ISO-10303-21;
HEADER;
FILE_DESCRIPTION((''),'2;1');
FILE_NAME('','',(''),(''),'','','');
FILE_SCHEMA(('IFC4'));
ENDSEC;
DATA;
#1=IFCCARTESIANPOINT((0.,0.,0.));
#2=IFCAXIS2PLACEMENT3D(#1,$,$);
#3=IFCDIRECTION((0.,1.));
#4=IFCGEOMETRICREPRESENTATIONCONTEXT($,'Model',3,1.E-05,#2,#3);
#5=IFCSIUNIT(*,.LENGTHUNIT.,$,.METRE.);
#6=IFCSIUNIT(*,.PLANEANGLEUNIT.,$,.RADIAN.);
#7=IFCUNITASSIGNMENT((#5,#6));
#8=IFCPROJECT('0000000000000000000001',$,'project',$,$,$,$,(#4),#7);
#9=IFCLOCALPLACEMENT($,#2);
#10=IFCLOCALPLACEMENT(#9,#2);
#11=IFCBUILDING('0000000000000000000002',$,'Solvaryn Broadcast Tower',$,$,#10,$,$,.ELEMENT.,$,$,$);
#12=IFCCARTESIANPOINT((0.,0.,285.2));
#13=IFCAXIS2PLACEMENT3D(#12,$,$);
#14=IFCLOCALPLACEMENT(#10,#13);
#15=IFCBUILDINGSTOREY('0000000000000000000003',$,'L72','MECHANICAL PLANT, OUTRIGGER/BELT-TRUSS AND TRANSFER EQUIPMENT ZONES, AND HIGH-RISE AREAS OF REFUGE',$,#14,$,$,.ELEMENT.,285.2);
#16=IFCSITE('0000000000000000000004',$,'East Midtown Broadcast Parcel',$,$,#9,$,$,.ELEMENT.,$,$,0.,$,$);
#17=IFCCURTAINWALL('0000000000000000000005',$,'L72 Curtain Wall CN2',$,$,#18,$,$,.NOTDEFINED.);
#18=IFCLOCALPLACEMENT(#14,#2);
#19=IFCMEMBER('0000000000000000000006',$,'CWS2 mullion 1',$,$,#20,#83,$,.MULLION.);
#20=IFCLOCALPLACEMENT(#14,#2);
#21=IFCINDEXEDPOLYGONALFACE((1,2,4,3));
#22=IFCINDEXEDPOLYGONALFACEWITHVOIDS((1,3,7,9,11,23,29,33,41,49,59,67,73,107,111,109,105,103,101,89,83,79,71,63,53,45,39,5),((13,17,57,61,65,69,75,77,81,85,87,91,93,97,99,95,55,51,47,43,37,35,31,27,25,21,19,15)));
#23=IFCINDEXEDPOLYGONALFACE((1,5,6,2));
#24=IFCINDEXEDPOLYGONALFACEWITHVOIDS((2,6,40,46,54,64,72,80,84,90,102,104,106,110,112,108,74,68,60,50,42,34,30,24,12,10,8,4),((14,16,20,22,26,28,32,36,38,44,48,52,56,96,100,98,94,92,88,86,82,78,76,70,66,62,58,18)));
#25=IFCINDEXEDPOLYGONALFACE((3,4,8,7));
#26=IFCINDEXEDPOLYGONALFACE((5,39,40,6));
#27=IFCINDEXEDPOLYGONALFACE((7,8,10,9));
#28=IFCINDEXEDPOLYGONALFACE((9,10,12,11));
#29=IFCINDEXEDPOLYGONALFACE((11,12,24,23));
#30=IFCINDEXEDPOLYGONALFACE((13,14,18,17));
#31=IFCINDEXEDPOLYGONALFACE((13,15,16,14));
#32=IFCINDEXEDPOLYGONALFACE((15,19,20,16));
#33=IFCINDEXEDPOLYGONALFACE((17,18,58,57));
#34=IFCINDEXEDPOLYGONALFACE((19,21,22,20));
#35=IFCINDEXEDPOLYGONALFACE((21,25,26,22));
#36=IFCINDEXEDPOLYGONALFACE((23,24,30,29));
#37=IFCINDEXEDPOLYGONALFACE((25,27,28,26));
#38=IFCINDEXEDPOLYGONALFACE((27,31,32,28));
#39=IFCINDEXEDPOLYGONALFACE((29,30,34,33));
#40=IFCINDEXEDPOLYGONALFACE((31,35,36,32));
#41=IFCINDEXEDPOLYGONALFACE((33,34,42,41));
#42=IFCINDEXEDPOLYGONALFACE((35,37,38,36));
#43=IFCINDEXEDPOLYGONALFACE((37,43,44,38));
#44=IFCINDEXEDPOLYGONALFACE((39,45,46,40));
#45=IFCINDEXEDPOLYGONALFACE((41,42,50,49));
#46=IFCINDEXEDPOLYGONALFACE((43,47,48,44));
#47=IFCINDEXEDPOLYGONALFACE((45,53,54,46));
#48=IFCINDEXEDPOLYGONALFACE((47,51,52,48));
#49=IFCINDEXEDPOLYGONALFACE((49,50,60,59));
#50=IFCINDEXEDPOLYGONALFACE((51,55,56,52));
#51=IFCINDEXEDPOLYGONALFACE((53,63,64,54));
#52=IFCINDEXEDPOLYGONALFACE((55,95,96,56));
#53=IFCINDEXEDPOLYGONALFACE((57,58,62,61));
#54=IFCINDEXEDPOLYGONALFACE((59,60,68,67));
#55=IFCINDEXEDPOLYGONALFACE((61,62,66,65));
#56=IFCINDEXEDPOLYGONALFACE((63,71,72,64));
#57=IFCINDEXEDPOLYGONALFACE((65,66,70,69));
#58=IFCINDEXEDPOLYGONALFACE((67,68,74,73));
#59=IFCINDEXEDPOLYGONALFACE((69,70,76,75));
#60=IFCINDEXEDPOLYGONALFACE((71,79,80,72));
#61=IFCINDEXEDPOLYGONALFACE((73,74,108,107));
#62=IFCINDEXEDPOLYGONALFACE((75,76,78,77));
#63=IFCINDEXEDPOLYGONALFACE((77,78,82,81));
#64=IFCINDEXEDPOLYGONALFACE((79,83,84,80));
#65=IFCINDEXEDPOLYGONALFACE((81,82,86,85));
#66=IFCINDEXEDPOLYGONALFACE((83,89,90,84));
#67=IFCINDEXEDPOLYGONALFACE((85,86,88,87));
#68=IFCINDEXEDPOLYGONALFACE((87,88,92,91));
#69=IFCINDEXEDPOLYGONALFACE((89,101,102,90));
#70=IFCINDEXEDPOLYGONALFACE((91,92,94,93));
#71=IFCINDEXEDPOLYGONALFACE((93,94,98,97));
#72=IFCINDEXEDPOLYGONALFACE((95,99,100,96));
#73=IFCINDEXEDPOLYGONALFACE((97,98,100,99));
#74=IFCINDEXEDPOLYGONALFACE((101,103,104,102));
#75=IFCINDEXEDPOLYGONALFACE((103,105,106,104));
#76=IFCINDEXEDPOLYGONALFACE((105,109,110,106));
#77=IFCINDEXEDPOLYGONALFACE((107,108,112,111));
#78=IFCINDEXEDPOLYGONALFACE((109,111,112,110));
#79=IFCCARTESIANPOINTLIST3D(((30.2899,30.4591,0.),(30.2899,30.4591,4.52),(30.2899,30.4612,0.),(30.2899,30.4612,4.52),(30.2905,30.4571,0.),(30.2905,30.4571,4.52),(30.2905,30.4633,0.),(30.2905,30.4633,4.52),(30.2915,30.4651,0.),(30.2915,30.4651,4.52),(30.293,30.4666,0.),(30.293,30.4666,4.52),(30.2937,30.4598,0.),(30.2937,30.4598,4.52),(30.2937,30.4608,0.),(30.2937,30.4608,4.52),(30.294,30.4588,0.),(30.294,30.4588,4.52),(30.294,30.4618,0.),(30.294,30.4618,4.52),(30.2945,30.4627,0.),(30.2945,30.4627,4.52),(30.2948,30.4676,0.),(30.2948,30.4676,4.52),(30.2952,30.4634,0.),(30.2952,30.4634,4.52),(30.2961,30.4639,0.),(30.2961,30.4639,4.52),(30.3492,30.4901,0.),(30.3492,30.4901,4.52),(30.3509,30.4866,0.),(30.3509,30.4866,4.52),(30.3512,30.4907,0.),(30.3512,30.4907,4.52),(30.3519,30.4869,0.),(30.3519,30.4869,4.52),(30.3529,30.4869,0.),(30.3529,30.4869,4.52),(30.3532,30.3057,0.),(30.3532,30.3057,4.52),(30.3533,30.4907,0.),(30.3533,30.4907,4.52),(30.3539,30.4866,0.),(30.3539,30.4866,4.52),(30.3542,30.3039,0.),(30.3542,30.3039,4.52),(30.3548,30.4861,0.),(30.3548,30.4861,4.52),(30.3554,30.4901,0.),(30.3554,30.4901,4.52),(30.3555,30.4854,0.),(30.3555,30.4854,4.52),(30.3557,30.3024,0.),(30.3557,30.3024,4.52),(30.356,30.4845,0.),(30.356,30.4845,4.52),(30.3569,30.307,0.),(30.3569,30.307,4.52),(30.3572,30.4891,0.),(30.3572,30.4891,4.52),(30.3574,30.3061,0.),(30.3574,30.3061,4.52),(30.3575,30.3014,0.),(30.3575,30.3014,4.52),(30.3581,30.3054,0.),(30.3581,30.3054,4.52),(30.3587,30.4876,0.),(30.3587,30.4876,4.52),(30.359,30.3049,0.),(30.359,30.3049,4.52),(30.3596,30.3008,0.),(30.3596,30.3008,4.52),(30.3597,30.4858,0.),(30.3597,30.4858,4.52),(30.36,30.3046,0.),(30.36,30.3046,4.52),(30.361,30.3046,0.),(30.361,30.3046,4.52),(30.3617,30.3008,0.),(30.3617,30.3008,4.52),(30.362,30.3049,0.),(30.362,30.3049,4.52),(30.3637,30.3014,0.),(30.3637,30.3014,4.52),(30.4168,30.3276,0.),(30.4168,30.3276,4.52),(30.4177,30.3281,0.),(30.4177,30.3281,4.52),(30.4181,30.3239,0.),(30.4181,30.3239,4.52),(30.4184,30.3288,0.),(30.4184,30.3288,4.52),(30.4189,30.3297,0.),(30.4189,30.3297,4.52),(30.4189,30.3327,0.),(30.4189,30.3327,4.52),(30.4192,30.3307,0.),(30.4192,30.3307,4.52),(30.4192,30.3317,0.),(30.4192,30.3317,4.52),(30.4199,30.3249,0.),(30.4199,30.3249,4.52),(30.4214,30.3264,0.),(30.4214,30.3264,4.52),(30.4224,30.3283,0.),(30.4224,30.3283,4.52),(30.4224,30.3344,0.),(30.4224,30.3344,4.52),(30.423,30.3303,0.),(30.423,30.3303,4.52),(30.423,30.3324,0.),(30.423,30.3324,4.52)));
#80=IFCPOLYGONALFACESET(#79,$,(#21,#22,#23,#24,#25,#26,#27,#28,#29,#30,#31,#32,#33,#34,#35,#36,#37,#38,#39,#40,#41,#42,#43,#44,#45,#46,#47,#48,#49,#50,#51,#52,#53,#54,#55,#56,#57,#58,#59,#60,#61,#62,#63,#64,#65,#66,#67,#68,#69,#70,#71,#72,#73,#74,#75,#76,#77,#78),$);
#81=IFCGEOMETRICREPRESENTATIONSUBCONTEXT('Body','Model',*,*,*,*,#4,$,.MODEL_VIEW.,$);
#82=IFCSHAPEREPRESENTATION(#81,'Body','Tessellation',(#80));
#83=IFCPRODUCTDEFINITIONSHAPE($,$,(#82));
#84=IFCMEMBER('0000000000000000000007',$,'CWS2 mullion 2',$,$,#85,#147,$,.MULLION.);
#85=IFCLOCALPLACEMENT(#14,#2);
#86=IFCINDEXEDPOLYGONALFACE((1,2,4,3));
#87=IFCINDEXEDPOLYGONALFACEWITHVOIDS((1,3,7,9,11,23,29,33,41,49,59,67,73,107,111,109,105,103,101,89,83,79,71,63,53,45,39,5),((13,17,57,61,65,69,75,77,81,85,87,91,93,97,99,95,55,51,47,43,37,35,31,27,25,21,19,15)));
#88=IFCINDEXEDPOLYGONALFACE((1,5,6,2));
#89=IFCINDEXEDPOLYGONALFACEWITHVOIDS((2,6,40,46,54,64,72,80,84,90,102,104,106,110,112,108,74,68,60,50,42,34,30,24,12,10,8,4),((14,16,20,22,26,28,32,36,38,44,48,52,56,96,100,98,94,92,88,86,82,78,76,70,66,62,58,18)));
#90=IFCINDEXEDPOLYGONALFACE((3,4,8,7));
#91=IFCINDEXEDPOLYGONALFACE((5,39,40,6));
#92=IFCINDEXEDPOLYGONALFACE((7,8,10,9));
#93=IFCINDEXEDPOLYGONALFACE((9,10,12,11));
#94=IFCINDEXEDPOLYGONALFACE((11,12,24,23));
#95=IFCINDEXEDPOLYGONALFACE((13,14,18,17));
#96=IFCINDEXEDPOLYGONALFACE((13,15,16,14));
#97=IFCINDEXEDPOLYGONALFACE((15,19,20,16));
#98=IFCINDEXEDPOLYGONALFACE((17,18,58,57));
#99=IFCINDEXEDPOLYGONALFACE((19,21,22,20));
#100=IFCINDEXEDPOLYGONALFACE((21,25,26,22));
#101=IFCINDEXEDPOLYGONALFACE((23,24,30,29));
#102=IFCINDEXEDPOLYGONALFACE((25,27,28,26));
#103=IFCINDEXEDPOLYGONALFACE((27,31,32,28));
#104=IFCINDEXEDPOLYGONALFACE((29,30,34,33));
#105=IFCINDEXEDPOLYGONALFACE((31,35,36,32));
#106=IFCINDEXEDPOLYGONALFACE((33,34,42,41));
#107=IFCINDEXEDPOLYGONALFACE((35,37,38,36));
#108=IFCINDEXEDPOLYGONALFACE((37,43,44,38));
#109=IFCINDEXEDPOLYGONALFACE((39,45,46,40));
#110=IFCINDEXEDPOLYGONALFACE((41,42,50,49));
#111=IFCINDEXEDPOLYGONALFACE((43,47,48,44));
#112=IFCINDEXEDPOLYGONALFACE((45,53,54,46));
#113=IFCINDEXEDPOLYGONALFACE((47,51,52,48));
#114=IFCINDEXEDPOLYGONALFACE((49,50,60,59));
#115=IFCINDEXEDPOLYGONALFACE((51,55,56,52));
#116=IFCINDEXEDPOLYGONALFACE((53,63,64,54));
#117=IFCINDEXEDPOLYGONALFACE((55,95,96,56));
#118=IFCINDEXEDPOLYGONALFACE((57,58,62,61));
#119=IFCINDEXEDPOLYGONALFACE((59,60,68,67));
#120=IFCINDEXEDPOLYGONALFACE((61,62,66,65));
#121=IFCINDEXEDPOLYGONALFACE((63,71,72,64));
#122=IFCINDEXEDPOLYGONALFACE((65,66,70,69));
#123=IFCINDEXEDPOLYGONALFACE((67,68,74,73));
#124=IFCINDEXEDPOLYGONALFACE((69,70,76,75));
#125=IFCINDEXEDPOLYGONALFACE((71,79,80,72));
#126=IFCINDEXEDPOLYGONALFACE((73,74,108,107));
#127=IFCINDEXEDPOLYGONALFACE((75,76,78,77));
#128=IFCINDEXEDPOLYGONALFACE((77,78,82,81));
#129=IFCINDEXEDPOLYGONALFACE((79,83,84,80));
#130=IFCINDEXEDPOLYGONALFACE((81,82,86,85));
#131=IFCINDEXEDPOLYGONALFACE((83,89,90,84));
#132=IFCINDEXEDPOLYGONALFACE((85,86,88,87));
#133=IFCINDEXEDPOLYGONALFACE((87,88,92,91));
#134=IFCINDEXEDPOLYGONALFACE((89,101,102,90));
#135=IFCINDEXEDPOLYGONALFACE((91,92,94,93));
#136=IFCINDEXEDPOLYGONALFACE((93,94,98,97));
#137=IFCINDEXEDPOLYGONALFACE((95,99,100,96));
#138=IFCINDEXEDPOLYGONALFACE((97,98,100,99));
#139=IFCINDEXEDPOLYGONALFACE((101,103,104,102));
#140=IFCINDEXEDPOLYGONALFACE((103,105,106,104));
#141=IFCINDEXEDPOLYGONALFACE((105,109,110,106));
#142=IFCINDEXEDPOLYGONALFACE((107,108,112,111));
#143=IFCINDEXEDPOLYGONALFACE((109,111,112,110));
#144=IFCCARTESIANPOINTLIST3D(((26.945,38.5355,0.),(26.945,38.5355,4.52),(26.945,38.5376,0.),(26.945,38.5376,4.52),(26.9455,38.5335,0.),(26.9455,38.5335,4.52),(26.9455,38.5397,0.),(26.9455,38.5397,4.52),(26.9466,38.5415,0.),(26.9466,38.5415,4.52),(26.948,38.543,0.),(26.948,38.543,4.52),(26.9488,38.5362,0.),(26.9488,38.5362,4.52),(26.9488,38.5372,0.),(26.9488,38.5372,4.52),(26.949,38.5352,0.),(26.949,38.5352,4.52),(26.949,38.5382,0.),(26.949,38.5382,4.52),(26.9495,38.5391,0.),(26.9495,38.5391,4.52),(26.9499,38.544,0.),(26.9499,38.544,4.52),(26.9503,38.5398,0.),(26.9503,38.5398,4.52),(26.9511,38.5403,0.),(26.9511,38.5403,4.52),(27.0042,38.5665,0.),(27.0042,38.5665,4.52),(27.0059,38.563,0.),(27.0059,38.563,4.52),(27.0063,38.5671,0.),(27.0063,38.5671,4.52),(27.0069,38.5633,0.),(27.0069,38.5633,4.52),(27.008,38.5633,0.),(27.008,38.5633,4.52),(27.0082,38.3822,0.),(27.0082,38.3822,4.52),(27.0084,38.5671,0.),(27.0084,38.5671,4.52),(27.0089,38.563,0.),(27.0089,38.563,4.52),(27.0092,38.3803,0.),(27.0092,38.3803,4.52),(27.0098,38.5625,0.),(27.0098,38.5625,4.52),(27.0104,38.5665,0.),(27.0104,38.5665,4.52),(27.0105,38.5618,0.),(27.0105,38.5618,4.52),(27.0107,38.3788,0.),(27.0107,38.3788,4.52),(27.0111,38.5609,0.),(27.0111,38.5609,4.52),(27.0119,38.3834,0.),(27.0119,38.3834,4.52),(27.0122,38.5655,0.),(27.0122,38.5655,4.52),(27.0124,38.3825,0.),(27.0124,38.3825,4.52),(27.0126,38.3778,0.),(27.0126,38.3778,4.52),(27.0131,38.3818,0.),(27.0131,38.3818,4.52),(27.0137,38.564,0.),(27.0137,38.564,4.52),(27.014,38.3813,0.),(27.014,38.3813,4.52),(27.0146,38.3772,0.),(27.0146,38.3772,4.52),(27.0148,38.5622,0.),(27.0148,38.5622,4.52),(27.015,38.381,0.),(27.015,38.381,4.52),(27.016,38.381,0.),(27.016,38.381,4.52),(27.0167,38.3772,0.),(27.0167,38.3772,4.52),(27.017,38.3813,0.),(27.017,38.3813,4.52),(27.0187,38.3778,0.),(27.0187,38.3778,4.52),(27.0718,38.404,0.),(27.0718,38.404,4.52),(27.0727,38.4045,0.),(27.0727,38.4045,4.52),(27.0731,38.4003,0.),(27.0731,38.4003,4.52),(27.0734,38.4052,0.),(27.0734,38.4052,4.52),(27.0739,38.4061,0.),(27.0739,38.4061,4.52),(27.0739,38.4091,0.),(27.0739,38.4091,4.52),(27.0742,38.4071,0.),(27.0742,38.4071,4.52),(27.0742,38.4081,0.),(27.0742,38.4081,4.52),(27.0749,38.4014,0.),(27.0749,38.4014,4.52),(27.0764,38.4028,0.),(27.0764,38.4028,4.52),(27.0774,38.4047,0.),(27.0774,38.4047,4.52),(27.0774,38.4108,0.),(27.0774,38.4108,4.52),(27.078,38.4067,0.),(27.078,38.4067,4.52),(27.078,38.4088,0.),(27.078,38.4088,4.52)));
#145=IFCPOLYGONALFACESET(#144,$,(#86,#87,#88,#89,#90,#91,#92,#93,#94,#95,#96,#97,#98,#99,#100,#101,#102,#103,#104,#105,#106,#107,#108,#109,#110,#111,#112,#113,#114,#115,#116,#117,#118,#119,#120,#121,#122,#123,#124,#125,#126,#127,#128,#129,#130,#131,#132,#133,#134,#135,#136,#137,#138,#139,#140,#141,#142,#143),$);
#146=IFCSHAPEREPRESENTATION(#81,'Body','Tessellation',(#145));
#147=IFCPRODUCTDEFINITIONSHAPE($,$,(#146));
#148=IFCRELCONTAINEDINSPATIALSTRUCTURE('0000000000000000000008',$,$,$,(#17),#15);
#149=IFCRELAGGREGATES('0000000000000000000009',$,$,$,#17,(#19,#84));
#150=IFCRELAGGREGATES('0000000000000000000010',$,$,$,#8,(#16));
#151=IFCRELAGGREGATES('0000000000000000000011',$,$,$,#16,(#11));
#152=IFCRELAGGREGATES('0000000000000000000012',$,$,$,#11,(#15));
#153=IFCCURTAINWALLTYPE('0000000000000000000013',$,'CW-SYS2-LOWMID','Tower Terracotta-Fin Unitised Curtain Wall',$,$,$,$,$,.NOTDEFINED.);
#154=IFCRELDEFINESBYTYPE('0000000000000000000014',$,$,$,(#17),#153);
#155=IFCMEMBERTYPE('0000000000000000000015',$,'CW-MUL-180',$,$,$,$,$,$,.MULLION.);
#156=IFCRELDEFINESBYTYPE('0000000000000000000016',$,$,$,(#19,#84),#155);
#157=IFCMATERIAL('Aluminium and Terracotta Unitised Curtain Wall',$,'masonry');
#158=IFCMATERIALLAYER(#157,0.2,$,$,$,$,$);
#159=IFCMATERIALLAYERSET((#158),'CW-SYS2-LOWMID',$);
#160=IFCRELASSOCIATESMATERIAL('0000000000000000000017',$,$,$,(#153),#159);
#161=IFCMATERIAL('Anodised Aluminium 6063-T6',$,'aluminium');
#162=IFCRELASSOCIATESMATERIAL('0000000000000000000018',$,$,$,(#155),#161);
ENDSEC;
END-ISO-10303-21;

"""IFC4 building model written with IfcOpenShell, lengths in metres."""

from ifc_helpers import new_model, si_unit, direction, frame, origin, origin_2d, place, context, subcontext, project, spatial, hollow_rectangle, extrude, material, layer, layer_set, material_profile, profile_set, type_object, element, aggregate, save


model = new_model("IFC4")

# Units and contexts
model_context = context("Model", 3, precision=1e-05, world=origin(), true_north=direction((0.0, 1.0)))
body_context = subcontext(model_context, "Body", "Model", "MODEL_VIEW")
ifc_project = project(units=[si_unit("LENGTHUNIT", "METRE"), si_unit("PLANEANGLEUNIT", "RADIAN")], contexts=[model_context])

# Site, building, storey
site_placement = place(None, origin())
site = spatial("IfcSite", under=ifc_project, at=site_placement, Name="East Midtown Broadcast Parcel", CompositionType="ELEMENT", RefElevation=0.0)
building_placement = place(site_placement, origin())
building = spatial("IfcBuilding", under=site, at=building_placement, Name="Solvaryn Broadcast Tower", CompositionType="ELEMENT")
storey_placement = place(building_placement, frame((0.0, 0.0, 285.2)))
storey = spatial("IfcBuildingStorey", under=building, at=storey_placement, Name="L72", Description="MECHANICAL PLANT, OUTRIGGER/BELT-TRUSS AND TRANSFER EQUIPMENT ZONES, AND HIGH-RISE AREAS OF REFUGE", CompositionType="ELEMENT", Elevation=285.2)

# Shared definitions
ifc_material_1 = material(Name="Aluminium and Terracotta Unitised Curtain Wall", Category="masonry")
ifc_layer_1 = layer(ifc_material_1, 0.2)
ifc_layer_set_1 = layer_set([ifc_layer_1], Name="CW-SYS2-LOWMID")
curtain_wall_type = type_object("IfcCurtainWallType", Name="CW-SYS2-LOWMID", Description="Tower Terracotta-Fin Unitised Curtain Wall", PredefinedType="NOTDEFINED", material=ifc_layer_set_1)
ifc_material_2 = material(Name="Anodised Aluminium 6063-T6", Category="aluminium")
ifc_material_profile_1 = material_profile(ifc_material_2, hollow_rectangle(XDim=0.075, YDim=0.1799, WallThickness=0.0039, InnerFilletRadius=0.0039, OuterFilletRadius=0.0081, at=origin_2d()))
ifc_profile_set_1 = profile_set([ifc_material_profile_1], Name="Anodised Aluminium 6063-T6")
member_type_1 = type_object("IfcMemberType", Name="CW-MUL-180", PredefinedType="MULLION", material=ifc_profile_set_1)

# Curtain wall, members
curtain_wall_1_placement = place(storey_placement, origin())
curtain_wall_1 = element("IfcCurtainWall", 1, at=curtain_wall_1_placement, inside=storey, type_object=curtain_wall_type, Name="L72 Curtain Wall CN2", PredefinedType="NOTDEFINED")
member_1_placement = place(storey_placement, frame((30.3564, 30.3958, 0.0), z_axis=(0.0, 0.0, 1.0), x_axis=(-0.923895, -0.382646, 0.0)))
member_1 = element("IfcMember", 2, at=member_1_placement, type_object=member_type_1, Name="CWS2 mullion 1", PredefinedType="MULLION", context=body_context, shape_type="SweptSolid", body=[
    extrude(hollow_rectangle(XDim=0.075, YDim=0.1799, WallThickness=0.0039, InnerFilletRadius=0.0039, OuterFilletRadius=0.0081, at=origin_2d()), origin(), (0.0, 0.0, 1.0), 4.52),
])
member_2_placement = place(storey_placement, frame((27.0115, 38.4722, 0.0), z_axis=(0.0, 0.0, 1.0), x_axis=(-0.923895, -0.382646, 0.0)))
member_2 = element("IfcMember", 3, at=member_2_placement, type_object=member_type_1, Name="CWS2 mullion 2", PredefinedType="MULLION", context=body_context, shape_type="SweptSolid", body=[
    extrude(hollow_rectangle(XDim=0.075, YDim=0.1799, WallThickness=0.0039, InnerFilletRadius=0.0039, OuterFilletRadius=0.0081, at=origin_2d()), origin(), (0.0, 0.0, 1.0), 4.52),
])

aggregate(curtain_wall_1, [member_1, member_2])

save(model, "model.ifc")
